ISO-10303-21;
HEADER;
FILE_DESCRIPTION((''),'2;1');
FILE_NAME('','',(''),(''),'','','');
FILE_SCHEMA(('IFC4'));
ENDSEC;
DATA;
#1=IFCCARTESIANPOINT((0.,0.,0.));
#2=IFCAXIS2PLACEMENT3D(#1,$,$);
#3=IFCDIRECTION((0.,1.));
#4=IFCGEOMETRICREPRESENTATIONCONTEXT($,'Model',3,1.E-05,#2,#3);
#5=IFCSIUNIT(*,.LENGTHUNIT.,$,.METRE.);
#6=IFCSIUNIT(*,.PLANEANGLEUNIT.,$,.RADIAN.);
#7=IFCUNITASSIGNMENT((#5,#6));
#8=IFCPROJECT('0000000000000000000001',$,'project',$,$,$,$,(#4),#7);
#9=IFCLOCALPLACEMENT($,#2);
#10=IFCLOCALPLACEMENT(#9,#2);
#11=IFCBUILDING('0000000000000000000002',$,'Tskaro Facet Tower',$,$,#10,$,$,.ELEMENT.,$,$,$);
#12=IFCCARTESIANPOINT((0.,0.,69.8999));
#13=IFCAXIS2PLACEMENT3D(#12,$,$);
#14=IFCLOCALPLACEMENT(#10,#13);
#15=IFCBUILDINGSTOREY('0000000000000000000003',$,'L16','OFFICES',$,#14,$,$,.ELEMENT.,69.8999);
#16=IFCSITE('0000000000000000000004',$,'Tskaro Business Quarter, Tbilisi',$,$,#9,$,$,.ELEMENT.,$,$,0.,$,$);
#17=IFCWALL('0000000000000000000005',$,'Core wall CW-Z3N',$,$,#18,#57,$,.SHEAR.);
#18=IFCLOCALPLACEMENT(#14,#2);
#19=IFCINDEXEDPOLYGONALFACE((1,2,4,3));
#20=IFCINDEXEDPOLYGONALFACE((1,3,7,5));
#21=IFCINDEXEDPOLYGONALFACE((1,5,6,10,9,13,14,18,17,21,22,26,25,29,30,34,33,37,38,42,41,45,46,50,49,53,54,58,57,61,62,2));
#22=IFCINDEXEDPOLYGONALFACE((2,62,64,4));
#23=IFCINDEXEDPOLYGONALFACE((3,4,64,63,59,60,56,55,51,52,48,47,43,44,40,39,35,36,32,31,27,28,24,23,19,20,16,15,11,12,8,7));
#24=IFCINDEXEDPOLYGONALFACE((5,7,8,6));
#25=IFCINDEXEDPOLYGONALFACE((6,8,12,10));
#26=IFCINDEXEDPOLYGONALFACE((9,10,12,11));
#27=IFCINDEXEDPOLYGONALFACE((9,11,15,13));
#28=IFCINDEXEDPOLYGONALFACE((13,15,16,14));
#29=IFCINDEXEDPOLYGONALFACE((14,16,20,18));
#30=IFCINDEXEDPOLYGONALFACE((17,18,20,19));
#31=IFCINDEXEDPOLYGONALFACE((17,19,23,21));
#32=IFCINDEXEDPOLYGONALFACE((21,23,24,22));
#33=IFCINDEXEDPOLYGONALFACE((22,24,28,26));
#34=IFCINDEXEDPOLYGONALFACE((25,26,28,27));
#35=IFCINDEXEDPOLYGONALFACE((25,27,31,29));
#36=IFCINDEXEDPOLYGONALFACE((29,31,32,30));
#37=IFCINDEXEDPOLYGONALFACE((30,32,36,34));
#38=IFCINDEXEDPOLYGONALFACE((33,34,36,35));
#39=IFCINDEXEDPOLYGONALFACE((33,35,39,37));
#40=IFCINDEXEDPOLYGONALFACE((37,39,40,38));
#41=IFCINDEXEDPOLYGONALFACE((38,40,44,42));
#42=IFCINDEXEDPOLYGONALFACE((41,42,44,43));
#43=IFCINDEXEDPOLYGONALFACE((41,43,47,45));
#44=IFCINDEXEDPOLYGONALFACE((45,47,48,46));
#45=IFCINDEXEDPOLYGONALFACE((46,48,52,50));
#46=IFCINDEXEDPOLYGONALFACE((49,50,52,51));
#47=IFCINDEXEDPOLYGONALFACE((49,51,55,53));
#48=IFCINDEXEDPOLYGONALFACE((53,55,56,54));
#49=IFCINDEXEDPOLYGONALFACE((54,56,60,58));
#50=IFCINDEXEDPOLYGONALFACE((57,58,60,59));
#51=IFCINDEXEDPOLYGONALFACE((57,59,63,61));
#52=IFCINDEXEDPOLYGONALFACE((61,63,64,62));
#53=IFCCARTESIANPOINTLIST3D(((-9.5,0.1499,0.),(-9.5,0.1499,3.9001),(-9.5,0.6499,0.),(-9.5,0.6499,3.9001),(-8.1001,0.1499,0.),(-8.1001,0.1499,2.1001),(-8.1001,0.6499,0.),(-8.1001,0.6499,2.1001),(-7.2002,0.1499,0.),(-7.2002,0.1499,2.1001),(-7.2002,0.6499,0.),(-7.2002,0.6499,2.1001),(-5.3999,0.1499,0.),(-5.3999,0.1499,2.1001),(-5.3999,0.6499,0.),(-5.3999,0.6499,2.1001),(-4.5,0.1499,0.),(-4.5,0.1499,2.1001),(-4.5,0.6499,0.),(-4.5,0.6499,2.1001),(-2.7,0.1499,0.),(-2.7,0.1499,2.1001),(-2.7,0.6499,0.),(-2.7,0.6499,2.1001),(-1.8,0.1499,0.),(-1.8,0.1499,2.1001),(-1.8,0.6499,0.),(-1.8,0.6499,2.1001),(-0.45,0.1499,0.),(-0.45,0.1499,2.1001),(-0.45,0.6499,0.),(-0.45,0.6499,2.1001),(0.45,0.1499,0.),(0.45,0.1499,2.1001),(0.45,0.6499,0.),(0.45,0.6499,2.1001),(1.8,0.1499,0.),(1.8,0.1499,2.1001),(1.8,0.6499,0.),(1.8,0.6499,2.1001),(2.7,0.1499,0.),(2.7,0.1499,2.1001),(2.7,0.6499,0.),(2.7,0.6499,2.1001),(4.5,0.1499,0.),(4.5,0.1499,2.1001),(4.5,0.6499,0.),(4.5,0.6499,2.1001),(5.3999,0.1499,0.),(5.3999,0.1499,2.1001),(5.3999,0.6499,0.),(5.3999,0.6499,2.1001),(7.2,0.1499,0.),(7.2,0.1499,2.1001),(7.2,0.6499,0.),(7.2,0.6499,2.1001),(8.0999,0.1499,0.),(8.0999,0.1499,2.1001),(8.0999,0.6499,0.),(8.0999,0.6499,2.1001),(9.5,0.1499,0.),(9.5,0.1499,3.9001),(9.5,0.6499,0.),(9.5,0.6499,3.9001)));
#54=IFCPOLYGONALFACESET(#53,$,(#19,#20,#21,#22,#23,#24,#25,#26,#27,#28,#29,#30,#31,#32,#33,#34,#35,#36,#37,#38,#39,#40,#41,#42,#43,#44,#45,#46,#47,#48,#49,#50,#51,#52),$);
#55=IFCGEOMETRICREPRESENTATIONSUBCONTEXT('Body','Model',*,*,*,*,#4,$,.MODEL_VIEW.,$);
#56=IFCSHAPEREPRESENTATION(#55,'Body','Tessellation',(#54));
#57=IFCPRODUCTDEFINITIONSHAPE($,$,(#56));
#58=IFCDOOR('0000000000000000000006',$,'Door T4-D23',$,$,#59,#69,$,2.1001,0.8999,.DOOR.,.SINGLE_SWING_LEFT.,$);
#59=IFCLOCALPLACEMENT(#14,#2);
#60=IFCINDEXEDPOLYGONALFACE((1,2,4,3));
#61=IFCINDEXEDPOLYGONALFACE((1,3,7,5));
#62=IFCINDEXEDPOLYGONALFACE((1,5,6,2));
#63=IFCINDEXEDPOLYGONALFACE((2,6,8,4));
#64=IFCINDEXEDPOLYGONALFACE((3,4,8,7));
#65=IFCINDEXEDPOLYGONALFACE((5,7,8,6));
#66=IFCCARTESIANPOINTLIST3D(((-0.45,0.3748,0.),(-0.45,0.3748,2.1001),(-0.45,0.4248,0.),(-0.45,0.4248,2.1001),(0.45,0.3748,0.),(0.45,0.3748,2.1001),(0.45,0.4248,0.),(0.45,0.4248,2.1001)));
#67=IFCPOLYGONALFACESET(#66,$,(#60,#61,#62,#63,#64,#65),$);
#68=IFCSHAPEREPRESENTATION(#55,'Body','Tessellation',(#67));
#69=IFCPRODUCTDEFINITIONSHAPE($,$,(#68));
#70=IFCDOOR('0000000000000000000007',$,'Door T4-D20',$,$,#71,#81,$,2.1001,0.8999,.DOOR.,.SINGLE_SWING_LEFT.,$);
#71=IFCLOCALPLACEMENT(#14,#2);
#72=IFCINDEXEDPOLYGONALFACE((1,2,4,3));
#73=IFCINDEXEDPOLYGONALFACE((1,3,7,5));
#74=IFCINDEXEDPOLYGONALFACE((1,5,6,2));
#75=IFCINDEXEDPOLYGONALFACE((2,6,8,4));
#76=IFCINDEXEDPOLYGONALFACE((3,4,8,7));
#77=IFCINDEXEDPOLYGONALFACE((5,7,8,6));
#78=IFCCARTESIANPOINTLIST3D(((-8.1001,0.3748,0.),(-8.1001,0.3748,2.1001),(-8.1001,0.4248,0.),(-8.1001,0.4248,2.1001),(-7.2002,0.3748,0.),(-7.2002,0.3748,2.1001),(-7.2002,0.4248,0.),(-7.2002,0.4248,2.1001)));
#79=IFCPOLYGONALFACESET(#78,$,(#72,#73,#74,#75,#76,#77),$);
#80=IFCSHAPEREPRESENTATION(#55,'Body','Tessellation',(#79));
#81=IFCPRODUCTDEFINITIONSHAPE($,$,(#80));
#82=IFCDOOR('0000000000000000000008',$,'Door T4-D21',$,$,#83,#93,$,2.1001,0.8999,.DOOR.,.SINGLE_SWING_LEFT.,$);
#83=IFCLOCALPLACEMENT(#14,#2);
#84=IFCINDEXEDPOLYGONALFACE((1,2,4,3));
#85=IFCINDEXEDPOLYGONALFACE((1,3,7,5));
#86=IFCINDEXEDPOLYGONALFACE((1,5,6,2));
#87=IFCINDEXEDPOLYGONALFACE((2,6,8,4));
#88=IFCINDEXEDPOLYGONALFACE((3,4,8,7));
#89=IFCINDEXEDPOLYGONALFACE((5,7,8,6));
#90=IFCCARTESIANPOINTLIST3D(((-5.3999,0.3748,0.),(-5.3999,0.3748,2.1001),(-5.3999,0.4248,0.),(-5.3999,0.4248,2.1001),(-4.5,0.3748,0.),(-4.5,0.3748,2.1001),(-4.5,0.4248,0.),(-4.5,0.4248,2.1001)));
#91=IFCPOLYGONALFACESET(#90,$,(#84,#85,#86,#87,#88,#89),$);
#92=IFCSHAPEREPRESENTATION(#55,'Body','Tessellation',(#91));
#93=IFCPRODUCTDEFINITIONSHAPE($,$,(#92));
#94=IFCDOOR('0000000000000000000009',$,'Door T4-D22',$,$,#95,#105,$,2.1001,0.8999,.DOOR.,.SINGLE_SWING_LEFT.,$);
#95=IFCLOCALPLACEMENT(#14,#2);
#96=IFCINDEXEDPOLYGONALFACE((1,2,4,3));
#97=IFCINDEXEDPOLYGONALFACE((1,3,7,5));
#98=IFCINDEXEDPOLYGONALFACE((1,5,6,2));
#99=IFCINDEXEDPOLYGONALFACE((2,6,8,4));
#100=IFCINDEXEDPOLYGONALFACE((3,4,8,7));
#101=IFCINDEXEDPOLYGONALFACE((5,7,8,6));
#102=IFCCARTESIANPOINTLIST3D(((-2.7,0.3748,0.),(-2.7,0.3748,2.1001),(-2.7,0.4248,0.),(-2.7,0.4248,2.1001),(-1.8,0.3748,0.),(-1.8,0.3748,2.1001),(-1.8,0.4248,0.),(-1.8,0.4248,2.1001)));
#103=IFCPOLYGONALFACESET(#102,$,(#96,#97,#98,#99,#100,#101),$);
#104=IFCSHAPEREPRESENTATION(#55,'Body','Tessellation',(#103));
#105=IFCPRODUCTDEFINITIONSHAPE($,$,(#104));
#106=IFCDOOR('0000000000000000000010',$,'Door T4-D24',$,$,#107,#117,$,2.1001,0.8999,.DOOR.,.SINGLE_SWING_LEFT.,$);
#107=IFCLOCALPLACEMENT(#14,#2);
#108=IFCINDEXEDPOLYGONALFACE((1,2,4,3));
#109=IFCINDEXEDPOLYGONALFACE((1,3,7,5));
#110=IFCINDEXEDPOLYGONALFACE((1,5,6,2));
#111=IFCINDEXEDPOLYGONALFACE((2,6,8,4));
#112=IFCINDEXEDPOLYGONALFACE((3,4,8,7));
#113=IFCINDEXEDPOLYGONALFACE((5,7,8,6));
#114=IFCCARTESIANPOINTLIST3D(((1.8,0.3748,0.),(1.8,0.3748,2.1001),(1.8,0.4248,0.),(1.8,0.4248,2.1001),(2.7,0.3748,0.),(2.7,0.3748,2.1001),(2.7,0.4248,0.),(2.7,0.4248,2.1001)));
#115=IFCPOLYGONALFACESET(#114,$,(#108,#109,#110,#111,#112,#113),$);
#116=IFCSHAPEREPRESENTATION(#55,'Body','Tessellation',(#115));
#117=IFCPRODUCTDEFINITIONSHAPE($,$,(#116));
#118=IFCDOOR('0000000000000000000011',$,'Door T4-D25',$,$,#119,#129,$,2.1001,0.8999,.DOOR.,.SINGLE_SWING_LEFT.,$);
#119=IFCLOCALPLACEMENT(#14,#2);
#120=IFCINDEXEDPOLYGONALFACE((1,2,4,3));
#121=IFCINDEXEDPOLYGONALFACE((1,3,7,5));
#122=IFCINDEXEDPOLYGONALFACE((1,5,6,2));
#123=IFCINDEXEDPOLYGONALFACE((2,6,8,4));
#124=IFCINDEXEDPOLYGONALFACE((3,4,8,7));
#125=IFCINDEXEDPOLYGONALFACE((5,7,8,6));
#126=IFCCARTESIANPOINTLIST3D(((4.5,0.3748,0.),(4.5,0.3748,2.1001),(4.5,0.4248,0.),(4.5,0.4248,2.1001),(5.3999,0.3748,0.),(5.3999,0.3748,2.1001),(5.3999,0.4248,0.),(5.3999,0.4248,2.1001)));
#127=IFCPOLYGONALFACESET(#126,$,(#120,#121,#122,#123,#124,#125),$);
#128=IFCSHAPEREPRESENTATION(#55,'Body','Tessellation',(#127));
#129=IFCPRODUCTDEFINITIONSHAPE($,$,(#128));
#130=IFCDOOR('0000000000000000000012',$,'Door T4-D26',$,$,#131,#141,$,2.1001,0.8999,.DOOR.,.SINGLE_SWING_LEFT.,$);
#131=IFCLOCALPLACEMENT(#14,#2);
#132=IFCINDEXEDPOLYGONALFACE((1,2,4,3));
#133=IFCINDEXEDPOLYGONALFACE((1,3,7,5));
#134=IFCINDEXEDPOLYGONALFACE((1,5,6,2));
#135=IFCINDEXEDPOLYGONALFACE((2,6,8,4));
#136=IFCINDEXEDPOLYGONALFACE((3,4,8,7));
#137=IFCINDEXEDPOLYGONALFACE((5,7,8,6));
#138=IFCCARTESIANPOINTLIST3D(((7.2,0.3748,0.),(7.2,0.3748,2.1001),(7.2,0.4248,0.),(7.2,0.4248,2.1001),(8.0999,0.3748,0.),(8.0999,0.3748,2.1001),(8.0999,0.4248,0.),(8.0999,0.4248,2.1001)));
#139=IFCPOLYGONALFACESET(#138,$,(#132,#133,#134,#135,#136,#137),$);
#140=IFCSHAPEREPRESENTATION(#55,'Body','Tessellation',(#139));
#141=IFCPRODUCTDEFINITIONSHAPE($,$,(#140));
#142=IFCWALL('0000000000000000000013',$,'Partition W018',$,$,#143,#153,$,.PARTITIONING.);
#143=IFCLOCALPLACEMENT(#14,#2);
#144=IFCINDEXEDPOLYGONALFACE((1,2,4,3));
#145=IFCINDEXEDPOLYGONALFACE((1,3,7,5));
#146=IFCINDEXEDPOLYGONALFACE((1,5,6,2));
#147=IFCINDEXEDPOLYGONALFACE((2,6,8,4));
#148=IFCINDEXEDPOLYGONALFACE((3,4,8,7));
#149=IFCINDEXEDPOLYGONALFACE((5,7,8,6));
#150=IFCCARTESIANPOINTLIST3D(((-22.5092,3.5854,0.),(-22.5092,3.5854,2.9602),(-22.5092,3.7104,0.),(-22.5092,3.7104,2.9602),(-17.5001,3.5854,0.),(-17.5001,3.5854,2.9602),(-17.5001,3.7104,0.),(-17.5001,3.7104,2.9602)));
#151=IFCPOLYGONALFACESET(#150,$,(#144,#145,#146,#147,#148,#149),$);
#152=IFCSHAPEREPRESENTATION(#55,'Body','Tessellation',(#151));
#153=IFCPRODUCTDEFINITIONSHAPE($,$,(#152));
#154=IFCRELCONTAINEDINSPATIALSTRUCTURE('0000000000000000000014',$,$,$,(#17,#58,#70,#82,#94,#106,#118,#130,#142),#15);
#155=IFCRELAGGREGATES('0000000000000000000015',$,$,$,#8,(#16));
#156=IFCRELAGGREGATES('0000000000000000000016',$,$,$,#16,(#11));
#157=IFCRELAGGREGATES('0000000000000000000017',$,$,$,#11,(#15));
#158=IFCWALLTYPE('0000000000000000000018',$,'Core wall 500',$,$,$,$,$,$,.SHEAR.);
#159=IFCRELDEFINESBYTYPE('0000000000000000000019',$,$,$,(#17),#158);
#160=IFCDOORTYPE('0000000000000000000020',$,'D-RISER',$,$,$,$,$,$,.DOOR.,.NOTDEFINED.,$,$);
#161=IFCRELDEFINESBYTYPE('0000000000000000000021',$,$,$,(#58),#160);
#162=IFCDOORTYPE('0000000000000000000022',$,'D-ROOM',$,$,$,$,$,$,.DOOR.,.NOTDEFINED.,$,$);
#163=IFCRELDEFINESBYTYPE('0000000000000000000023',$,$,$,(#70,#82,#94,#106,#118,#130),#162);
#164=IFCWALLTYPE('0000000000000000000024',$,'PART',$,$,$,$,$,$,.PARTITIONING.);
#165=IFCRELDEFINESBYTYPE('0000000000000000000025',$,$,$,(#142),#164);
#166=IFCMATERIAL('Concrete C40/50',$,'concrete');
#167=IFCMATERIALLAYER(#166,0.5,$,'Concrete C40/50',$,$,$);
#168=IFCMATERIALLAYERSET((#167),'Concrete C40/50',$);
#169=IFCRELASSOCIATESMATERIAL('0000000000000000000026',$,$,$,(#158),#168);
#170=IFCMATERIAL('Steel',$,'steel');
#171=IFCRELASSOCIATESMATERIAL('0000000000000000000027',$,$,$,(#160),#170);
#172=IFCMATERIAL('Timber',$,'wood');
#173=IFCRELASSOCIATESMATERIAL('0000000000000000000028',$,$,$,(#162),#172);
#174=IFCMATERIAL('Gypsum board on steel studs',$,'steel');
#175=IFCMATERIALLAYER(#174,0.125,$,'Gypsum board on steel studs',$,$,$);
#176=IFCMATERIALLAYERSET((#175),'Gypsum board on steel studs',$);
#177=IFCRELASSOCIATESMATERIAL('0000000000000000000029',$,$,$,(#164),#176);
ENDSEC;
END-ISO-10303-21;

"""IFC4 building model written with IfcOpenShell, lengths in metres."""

from ifc_helpers import new_model, si_unit, direction, frame, frame_2d, origin, place, context, subcontext, project, spatial, rectangle, extrude, material, layer, layer_set, type_object, element, fill, save


model = new_model("IFC4")

# Units and contexts
model_context = context("Model", 3, precision=1e-05, world=origin(), true_north=direction((0.0, 1.0)))
body_context = subcontext(model_context, "Body", "Model", "MODEL_VIEW")
ifc_project = project(units=[si_unit("LENGTHUNIT", "METRE"), si_unit("PLANEANGLEUNIT", "RADIAN")], contexts=[model_context])

# Site, building, storey
site_placement = place(None, origin())
site = spatial("IfcSite", under=ifc_project, at=site_placement, Name="Tskaro Business Quarter, Tbilisi", CompositionType="ELEMENT", RefElevation=0.0)
building_placement = place(site_placement, origin())
building = spatial("IfcBuilding", under=site, at=building_placement, Name="Tskaro Facet Tower", CompositionType="ELEMENT")
storey_placement = place(building_placement, frame((0.0, 0.0, 69.8999)))
storey = spatial("IfcBuildingStorey", under=building, at=storey_placement, Name="L16", Description="OFFICES", CompositionType="ELEMENT", Elevation=69.8999)

# Wall, openings, doors
ifc_material_1 = material(Name="Concrete C40/50", Category="concrete")
ifc_layer_1 = layer(ifc_material_1, 0.5, Name="Concrete C40/50")
ifc_layer_set_1 = layer_set([ifc_layer_1], Name="Concrete C40/50")
wall_type_1 = type_object("IfcWallType", Name="Core wall 500", PredefinedType="SHEAR", material=ifc_layer_set_1)
wall_1_placement = place(storey_placement, frame((-9.5, 0.3999, 0.0), z_axis=(0.0, 0.0, 1.0), x_axis=(1.0, 0.0, 0.0)))
wall_1 = element("IfcWall", 1, at=wall_1_placement, inside=storey, type_object=wall_type_1, Name="Core wall CW-Z3N", PredefinedType="SHEAR", context=body_context, shape_type="SweptSolid", body=[
    extrude(rectangle(XDim=19.0, YDim=0.5, at=frame_2d((9.5, 0.0))), origin(), (0.0, 0.0, 1.0), 3.9001),
])
opening_1_placement = place(wall_1_placement, frame((1.3999, 0.0, 0.0)))
opening_1 = element("IfcOpeningElement", 2, at=opening_1_placement, cuts=wall_1, PredefinedType="OPENING", context=body_context, shape_type="SweptSolid", body=[
    extrude(rectangle(XDim=0.8999, YDim=2.1001, at=frame_2d((0.45, 1.05))), frame((0.0, 0.26, 0.0), z_axis=(0.0, -1.0, 0.0), x_axis=(1.0, 0.0, 0.0)), (0.0, 0.0, 1.0), 0.52),
])
opening_2_placement = place(wall_1_placement, frame((4.1001, 0.0, 0.0)))
opening_2 = element("IfcOpeningElement", 3, at=opening_2_placement, cuts=wall_1, PredefinedType="OPENING", context=body_context, shape_type="SweptSolid", body=[
    extrude(rectangle(XDim=0.8999, YDim=2.1001, at=frame_2d((0.45, 1.05))), frame((0.0, 0.26, 0.0), z_axis=(0.0, -1.0, 0.0), x_axis=(1.0, 0.0, 0.0)), (0.0, 0.0, 1.0), 0.52),
])
opening_3_placement = place(wall_1_placement, frame((6.8, 0.0, 0.0)))
opening_3 = element("IfcOpeningElement", 4, at=opening_3_placement, cuts=wall_1, PredefinedType="OPENING", context=body_context, shape_type="SweptSolid", body=[
    extrude(rectangle(XDim=0.8999, YDim=2.1001, at=frame_2d((0.45, 1.05))), frame((0.0, 0.26, 0.0), z_axis=(0.0, -1.0, 0.0), x_axis=(1.0, 0.0, 0.0)), (0.0, 0.0, 1.0), 0.52),
])
opening_4_placement = place(wall_1_placement, frame((11.3, 0.0, 0.0)))
opening_4 = element("IfcOpeningElement", 5, at=opening_4_placement, cuts=wall_1, PredefinedType="OPENING", context=body_context, shape_type="SweptSolid", body=[
    extrude(rectangle(XDim=0.8999, YDim=2.1001, at=frame_2d((0.45, 1.05))), frame((0.0, 0.26, 0.0), z_axis=(0.0, -1.0, 0.0), x_axis=(1.0, 0.0, 0.0)), (0.0, 0.0, 1.0), 0.52),
])
opening_5_placement = place(wall_1_placement, frame((14.0, 0.0, 0.0)))
opening_5 = element("IfcOpeningElement", 6, at=opening_5_placement, cuts=wall_1, PredefinedType="OPENING", context=body_context, shape_type="SweptSolid", body=[
    extrude(rectangle(XDim=0.8999, YDim=2.1001, at=frame_2d((0.45, 1.05))), frame((0.0, 0.26, 0.0), z_axis=(0.0, -1.0, 0.0), x_axis=(1.0, 0.0, 0.0)), (0.0, 0.0, 1.0), 0.52),
])
opening_6_placement = place(wall_1_placement, frame((16.7, 0.0, 0.0)))
opening_6 = element("IfcOpeningElement", 7, at=opening_6_placement, cuts=wall_1, PredefinedType="OPENING", context=body_context, shape_type="SweptSolid", body=[
    extrude(rectangle(XDim=0.8999, YDim=2.1001, at=frame_2d((0.45, 1.05))), frame((0.0, 0.26, 0.0), z_axis=(0.0, -1.0, 0.0), x_axis=(1.0, 0.0, 0.0)), (0.0, 0.0, 1.0), 0.52),
])
opening_7_placement = place(wall_1_placement, frame((9.05, 0.0, 0.0)))
opening_7 = element("IfcOpeningElement", 8, at=opening_7_placement, cuts=wall_1, PredefinedType="OPENING", context=body_context, shape_type="SweptSolid", body=[
    extrude(rectangle(XDim=0.8999, YDim=2.1001, at=frame_2d((0.45, 1.05))), frame((0.0, 0.26, 0.0), z_axis=(0.0, -1.0, 0.0), x_axis=(1.0, 0.0, 0.0)), (0.0, 0.0, 1.0), 0.52),
])
ifc_material_2 = material(Name="Steel", Category="steel")
door_type_1 = type_object("IfcDoorType", Name="D-RISER", OperationType="NOTDEFINED", PredefinedType="DOOR", material=ifc_material_2)
door_1_placement = place(opening_7_placement, origin())
door_1 = element("IfcDoor", 9, at=door_1_placement, inside=storey, type_object=door_type_1, Name="Door T4-D23", OperationType="SINGLE_SWING_LEFT", OverallHeight=2.1001, OverallWidth=0.8999, PredefinedType="DOOR", context=body_context, shape_type="SweptSolid", body=[
    extrude(rectangle(XDim=0.8999, YDim=2.1001, at=frame_2d((0.45, 1.05))), frame((0.0, 0.0249, 0.0), z_axis=(0.0, -1.0, 0.0), x_axis=(1.0, 0.0, 0.0)), (0.0, 0.0, 1.0), 0.05),
])
fill(opening_7, door_1)
ifc_material_3 = material(Name="Timber", Category="wood")
door_type_2 = type_object("IfcDoorType", Name="D-ROOM", OperationType="NOTDEFINED", PredefinedType="DOOR", material=ifc_material_3)
door_2_placement = place(opening_1_placement, origin())
door_2 = element("IfcDoor", 10, at=door_2_placement, inside=storey, type_object=door_type_2, Name="Door T4-D20", OperationType="SINGLE_SWING_LEFT", OverallHeight=2.1001, OverallWidth=0.8999, PredefinedType="DOOR", context=body_context, shape_type="SweptSolid", body=[
    extrude(rectangle(XDim=0.8999, YDim=2.1001, at=frame_2d((0.45, 1.05))), frame((0.0, 0.0249, 0.0), z_axis=(0.0, -1.0, 0.0), x_axis=(1.0, 0.0, 0.0)), (0.0, 0.0, 1.0), 0.05),
])
fill(opening_1, door_2)
door_3_placement = place(opening_2_placement, origin())
door_3 = element("IfcDoor", 11, at=door_3_placement, inside=storey, type_object=door_type_2, Name="Door T4-D21", OperationType="SINGLE_SWING_LEFT", OverallHeight=2.1001, OverallWidth=0.8999, PredefinedType="DOOR", context=body_context, shape_type="SweptSolid", body=[
    extrude(rectangle(XDim=0.8999, YDim=2.1001, at=frame_2d((0.45, 1.05))), frame((0.0, 0.0249, 0.0), z_axis=(0.0, -1.0, 0.0), x_axis=(1.0, 0.0, 0.0)), (0.0, 0.0, 1.0), 0.05),
])
fill(opening_2, door_3)
door_4_placement = place(opening_3_placement, origin())
door_4 = element("IfcDoor", 12, at=door_4_placement, inside=storey, type_object=door_type_2, Name="Door T4-D22", OperationType="SINGLE_SWING_LEFT", OverallHeight=2.1001, OverallWidth=0.8999, PredefinedType="DOOR", context=body_context, shape_type="SweptSolid", body=[
    extrude(rectangle(XDim=0.8999, YDim=2.1001, at=frame_2d((0.45, 1.05))), frame((0.0, 0.0249, 0.0), z_axis=(0.0, -1.0, 0.0), x_axis=(1.0, 0.0, 0.0)), (0.0, 0.0, 1.0), 0.05),
])
fill(opening_3, door_4)
door_5_placement = place(opening_4_placement, origin())
door_5 = element("IfcDoor", 13, at=door_5_placement, inside=storey, type_object=door_type_2, Name="Door T4-D24", OperationType="SINGLE_SWING_LEFT", OverallHeight=2.1001, OverallWidth=0.8999, PredefinedType="DOOR", context=body_context, shape_type="SweptSolid", body=[
    extrude(rectangle(XDim=0.8999, YDim=2.1001, at=frame_2d((0.45, 1.05))), frame((0.0, 0.0249, 0.0), z_axis=(0.0, -1.0, 0.0), x_axis=(1.0, 0.0, 0.0)), (0.0, 0.0, 1.0), 0.05),
])
fill(opening_4, door_5)
door_6_placement = place(opening_5_placement, origin())
door_6 = element("IfcDoor", 14, at=door_6_placement, inside=storey, type_object=door_type_2, Name="Door T4-D25", OperationType="SINGLE_SWING_LEFT", OverallHeight=2.1001, OverallWidth=0.8999, PredefinedType="DOOR", context=body_context, shape_type="SweptSolid", body=[
    extrude(rectangle(XDim=0.8999, YDim=2.1001, at=frame_2d((0.45, 1.05))), frame((0.0, 0.0249, 0.0), z_axis=(0.0, -1.0, 0.0), x_axis=(1.0, 0.0, 0.0)), (0.0, 0.0, 1.0), 0.05),
])
fill(opening_5, door_6)
door_7_placement = place(opening_6_placement, origin())
door_7 = element("IfcDoor", 15, at=door_7_placement, inside=storey, type_object=door_type_2, Name="Door T4-D26", OperationType="SINGLE_SWING_LEFT", OverallHeight=2.1001, OverallWidth=0.8999, PredefinedType="DOOR", context=body_context, shape_type="SweptSolid", body=[
    extrude(rectangle(XDim=0.8999, YDim=2.1001, at=frame_2d((0.45, 1.05))), frame((0.0, 0.0249, 0.0), z_axis=(0.0, -1.0, 0.0), x_axis=(1.0, 0.0, 0.0)), (0.0, 0.0, 1.0), 0.05),
])
fill(opening_6, door_7)

# Wall
ifc_material_4 = material(Name="Gypsum board on steel studs", Category="steel")
ifc_layer_2 = layer(ifc_material_4, 0.125, Name="Gypsum board on steel studs")
ifc_layer_set_2 = layer_set([ifc_layer_2], Name="Gypsum board on steel studs")
wall_type_2 = type_object("IfcWallType", Name="PART", PredefinedType="PARTITIONING", material=ifc_layer_set_2)
wall_2_placement = place(storey_placement, frame((-22.509, 3.6479, 0.0), z_axis=(0.0, 0.0, 1.0), x_axis=(1.0, 0.0, 0.0)))
element("IfcWall", 16, at=wall_2_placement, inside=storey, type_object=wall_type_2, Name="Partition W018", PredefinedType="PARTITIONING", context=body_context, shape_type="SweptSolid", body=[
    extrude(rectangle(XDim=5.009, YDim=0.125, at=frame_2d((2.5044, 0.0))), origin(), (0.0, 0.0, 1.0), 2.9602),
])

save(model, "model.ifc")
